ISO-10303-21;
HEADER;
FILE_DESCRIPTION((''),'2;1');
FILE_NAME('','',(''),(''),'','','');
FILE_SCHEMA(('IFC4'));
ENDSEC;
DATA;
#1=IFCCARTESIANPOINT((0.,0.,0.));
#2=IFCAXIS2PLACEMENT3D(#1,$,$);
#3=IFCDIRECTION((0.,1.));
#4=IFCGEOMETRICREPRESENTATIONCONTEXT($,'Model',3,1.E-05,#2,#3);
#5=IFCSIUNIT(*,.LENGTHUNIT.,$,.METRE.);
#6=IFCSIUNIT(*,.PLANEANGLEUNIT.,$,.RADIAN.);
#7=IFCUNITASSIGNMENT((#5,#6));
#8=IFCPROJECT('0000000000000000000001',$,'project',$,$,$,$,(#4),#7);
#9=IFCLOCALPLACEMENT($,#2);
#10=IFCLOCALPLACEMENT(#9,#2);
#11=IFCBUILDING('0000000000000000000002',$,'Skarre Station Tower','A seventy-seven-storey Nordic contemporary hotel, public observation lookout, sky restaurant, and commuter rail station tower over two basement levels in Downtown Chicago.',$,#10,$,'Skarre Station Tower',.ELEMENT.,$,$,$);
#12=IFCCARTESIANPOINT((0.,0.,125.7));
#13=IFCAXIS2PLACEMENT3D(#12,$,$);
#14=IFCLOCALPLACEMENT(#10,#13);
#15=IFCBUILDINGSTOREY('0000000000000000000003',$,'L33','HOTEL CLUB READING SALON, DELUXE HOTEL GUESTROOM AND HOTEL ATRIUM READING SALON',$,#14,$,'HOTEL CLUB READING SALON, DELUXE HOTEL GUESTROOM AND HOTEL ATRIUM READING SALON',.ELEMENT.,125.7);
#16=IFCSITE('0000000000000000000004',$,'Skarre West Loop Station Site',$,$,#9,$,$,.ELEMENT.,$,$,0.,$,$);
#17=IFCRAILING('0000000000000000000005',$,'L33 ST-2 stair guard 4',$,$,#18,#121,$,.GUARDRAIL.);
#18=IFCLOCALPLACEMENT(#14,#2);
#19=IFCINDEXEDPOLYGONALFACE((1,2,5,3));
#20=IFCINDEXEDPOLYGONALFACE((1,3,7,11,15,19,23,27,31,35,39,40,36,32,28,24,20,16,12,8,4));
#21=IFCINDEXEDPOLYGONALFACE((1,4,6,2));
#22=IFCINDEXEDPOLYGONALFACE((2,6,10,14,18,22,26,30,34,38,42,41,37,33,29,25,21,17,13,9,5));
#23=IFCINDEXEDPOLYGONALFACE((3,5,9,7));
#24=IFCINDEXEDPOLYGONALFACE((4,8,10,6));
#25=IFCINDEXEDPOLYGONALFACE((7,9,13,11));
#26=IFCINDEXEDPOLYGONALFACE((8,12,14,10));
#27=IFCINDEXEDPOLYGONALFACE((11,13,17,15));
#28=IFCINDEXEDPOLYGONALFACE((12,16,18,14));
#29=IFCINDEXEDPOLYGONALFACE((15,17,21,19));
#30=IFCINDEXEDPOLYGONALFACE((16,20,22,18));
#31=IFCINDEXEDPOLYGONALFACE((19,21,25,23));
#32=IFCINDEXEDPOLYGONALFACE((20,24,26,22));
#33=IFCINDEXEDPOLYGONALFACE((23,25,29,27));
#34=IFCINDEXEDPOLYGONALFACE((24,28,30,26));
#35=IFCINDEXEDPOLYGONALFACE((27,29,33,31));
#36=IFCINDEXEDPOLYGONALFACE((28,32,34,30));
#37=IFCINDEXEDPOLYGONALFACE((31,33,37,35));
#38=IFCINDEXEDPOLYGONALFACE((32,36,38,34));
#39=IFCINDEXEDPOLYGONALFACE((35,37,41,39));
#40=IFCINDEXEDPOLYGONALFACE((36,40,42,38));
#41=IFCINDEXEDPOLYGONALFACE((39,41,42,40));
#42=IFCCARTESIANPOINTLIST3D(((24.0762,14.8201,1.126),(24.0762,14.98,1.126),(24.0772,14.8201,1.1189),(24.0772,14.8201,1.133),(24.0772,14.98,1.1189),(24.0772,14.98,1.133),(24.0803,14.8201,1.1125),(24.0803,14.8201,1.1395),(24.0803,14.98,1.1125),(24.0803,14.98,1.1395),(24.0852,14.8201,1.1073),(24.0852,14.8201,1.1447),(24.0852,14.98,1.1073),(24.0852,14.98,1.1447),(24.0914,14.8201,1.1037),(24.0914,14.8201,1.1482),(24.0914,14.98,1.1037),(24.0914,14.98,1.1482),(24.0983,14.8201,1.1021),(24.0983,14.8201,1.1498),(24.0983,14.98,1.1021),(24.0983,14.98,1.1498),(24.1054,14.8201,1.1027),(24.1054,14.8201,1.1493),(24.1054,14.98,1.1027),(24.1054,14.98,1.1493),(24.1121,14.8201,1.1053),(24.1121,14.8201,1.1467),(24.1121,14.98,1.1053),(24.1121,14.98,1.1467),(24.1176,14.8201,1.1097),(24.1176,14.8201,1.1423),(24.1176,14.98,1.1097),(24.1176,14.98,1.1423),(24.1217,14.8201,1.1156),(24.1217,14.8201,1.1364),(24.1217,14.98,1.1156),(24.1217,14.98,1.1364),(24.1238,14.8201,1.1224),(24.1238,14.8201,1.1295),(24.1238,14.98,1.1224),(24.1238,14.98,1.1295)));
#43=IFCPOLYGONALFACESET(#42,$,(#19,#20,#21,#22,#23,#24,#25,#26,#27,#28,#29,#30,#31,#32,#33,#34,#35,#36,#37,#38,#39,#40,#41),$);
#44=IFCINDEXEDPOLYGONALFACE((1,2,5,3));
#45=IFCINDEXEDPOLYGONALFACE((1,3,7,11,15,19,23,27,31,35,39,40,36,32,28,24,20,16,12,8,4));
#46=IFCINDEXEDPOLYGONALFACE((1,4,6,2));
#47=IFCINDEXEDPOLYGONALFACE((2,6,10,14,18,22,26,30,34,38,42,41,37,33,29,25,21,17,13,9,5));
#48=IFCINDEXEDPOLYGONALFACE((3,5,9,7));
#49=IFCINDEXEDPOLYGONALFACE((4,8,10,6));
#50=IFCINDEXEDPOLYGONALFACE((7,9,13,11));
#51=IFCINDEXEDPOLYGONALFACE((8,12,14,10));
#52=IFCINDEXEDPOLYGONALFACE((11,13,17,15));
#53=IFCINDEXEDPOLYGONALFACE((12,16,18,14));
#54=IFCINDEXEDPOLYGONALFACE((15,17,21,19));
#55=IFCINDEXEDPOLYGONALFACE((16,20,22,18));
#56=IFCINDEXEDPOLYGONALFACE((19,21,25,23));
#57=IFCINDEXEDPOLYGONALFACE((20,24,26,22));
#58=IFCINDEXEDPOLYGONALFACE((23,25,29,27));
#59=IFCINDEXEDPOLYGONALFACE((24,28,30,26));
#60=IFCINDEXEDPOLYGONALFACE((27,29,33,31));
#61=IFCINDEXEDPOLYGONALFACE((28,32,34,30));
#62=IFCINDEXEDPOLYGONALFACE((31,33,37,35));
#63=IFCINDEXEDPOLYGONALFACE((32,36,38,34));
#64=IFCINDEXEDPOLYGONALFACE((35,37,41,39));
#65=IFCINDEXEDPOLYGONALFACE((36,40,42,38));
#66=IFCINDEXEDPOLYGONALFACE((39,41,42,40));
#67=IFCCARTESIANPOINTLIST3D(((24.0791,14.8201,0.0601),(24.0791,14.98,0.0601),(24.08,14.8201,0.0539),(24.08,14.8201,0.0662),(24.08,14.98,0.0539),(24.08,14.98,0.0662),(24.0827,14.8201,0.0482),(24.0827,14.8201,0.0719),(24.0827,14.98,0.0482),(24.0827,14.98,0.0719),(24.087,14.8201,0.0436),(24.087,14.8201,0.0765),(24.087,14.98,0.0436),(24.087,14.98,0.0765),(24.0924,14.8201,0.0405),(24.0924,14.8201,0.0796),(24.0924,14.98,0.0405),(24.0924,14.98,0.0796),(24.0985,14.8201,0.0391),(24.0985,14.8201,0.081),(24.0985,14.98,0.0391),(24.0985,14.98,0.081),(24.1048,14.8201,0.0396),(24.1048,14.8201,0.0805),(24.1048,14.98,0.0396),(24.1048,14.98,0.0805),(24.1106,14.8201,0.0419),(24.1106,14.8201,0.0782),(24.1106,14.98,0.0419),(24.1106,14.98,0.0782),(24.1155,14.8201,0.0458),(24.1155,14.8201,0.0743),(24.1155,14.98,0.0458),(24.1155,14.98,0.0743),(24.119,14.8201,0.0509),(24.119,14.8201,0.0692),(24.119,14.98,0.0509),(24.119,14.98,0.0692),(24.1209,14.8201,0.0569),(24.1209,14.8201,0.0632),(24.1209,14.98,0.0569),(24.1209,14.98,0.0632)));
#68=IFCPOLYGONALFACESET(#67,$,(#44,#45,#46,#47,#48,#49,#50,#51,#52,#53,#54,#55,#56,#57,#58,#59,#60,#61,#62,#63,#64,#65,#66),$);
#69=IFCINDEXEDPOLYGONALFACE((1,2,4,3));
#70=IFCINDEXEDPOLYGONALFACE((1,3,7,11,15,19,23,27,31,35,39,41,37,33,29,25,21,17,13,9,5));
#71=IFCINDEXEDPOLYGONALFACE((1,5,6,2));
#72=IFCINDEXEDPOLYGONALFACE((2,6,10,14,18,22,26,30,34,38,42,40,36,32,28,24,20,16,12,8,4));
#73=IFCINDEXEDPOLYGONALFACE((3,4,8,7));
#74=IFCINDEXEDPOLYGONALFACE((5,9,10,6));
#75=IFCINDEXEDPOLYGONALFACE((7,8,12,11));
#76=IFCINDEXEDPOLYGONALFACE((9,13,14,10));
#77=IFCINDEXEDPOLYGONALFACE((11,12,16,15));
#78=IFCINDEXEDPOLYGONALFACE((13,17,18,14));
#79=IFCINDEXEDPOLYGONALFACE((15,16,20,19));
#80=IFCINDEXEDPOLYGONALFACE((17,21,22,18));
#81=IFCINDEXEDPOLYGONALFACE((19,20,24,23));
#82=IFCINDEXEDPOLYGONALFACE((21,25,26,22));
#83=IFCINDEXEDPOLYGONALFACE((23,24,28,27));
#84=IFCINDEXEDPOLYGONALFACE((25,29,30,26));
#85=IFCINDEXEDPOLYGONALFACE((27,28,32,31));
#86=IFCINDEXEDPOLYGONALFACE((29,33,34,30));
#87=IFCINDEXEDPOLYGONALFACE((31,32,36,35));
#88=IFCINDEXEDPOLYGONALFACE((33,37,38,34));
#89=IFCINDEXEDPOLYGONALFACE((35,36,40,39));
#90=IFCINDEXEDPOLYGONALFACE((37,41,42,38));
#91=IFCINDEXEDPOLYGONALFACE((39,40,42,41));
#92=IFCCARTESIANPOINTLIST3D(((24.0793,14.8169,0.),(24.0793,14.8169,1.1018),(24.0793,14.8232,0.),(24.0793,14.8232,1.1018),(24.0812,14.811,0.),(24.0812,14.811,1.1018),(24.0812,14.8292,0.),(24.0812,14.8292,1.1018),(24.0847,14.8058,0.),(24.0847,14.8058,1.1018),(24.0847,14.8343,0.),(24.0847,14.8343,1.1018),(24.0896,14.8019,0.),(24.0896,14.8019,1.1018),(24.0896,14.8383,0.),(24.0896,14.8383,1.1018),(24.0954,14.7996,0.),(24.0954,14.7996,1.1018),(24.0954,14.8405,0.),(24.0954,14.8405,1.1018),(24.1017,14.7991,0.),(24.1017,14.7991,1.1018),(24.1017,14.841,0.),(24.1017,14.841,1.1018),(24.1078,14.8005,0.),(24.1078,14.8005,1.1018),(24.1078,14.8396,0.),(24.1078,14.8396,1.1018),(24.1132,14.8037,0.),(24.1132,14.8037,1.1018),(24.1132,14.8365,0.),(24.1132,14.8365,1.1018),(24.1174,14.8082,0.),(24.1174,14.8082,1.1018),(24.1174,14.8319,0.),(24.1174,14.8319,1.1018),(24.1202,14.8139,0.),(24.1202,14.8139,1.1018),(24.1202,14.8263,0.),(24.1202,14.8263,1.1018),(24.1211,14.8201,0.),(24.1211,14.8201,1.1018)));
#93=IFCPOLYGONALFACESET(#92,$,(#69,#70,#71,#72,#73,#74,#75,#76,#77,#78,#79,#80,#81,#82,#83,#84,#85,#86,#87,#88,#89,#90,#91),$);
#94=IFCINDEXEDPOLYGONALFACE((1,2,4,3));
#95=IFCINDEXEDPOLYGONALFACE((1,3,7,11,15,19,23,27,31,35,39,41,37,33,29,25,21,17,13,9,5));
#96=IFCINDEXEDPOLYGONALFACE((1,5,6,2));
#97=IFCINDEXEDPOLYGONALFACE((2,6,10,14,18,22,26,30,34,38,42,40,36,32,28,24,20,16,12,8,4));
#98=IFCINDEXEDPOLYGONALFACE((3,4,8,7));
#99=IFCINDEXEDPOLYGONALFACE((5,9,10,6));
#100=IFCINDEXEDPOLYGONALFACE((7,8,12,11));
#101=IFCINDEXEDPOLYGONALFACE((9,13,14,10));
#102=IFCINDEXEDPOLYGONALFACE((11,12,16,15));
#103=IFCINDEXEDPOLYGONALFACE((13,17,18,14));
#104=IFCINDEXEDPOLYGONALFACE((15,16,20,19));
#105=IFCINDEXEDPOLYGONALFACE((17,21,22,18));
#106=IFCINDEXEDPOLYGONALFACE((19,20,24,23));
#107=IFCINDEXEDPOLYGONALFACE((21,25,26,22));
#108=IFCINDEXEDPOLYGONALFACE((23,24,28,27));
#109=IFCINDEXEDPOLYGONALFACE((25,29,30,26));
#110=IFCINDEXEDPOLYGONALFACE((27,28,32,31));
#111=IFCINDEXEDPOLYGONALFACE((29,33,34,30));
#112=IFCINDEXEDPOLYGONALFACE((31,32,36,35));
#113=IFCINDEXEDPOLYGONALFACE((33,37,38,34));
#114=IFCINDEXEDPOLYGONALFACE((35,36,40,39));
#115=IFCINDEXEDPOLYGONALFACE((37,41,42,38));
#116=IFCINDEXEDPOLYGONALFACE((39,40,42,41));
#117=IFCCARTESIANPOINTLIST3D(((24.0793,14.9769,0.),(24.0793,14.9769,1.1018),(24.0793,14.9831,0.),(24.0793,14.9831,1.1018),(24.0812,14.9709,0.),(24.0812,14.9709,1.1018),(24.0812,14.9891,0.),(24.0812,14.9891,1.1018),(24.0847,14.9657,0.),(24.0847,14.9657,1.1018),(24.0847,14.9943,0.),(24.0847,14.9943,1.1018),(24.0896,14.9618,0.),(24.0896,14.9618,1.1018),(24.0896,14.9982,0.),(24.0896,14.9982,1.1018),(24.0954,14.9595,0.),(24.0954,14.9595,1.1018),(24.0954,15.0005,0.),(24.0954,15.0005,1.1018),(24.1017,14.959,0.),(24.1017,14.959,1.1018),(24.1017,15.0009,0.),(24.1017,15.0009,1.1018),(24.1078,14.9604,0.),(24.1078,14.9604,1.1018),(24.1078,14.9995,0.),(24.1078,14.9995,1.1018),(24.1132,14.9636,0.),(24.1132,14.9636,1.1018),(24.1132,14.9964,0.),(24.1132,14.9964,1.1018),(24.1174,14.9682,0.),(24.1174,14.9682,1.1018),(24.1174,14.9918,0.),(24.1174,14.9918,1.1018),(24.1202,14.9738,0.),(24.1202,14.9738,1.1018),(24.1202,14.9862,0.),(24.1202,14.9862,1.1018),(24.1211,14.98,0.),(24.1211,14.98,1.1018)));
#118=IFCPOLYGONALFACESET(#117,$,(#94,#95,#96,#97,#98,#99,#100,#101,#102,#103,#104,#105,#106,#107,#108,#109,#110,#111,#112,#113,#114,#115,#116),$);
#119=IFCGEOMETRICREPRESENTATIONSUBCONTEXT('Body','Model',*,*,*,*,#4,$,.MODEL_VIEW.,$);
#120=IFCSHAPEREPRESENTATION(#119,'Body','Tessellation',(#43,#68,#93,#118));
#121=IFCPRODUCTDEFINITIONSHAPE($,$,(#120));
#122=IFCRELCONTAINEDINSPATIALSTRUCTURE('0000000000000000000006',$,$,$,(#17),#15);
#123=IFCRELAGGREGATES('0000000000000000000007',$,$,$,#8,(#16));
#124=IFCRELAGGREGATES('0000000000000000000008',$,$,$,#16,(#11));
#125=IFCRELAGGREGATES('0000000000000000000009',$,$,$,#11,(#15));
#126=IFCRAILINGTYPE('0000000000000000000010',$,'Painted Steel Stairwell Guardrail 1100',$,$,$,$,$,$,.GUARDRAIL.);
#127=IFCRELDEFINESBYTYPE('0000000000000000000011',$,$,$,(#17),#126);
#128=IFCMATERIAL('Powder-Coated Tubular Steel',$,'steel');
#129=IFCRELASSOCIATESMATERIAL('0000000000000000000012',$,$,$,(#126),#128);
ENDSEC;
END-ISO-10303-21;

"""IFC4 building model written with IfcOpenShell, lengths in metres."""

from ifc_helpers import new_model, si_unit, direction, frame, origin, origin_2d, place, context, subcontext, project, spatial, circle, extrude, material, type_object, element, save


model = new_model("IFC4")

# Units and contexts
model_context = context("Model", 3, precision=1e-05, world=origin(), true_north=direction((0.0, 1.0)))
body_context = subcontext(model_context, "Body", "Model", "MODEL_VIEW")
ifc_project = project(units=[si_unit("LENGTHUNIT", "METRE"), si_unit("PLANEANGLEUNIT", "RADIAN")], contexts=[model_context])

# Site, building, storey
site_placement = place(None, origin())
site = spatial("IfcSite", under=ifc_project, at=site_placement, Name="Skarre West Loop Station Site", CompositionType="ELEMENT", RefElevation=0.0)
building_placement = place(site_placement, origin())
building = spatial("IfcBuilding", under=site, at=building_placement, Name="Skarre Station Tower", Description="A seventy-seven-storey Nordic contemporary hotel, public observation lookout, sky restaurant, and commuter rail station tower over two basement levels in Downtown Chicago.", LongName="Skarre Station Tower", CompositionType="ELEMENT")
storey_placement = place(building_placement, frame((0.0, 0.0, 125.7)))
storey = spatial("IfcBuildingStorey", under=building, at=storey_placement, Name="L33", Description="HOTEL CLUB READING SALON, DELUXE HOTEL GUESTROOM AND HOTEL ATRIUM READING SALON", LongName="HOTEL CLUB READING SALON, DELUXE HOTEL GUESTROOM AND HOTEL ATRIUM READING SALON", CompositionType="ELEMENT", Elevation=125.7)

# Railing
ifc_material_1 = material(Name="Powder-Coated Tubular Steel", Category="steel")
railing_type_1 = type_object("IfcRailingType", Name="Painted Steel Stairwell Guardrail 1100", PredefinedType="GUARDRAIL", material=ifc_material_1)
railing_1_placement = place(storey_placement, frame((24.1001, 14.8201, 0.0)))
element("IfcRailing", 1, at=railing_1_placement, inside=storey, type_object=railing_type_1, Name="L33 ST-2 stair guard 4", PredefinedType="GUARDRAIL", context=body_context, shape_type="SweptSolid", body=[
    extrude(circle(Radius=0.0239, at=origin_2d()), frame((0.0, 0.0, 1.126), z_axis=(0.0, 1.0, 0.0), x_axis=(-1.0, 0.0, 0.0)), (0.0, 0.0, 1.0), 0.1599),
    extrude(circle(Radius=0.021, at=origin_2d()), frame((0.0, 0.0, 0.0601), z_axis=(0.0, 1.0, 0.0), x_axis=(-1.0, 0.0, 0.0)), (0.0, 0.0, 1.0), 0.1599),
    extrude(circle(Radius=0.021, at=origin_2d()), origin(), (0.0, 0.0, 1.0), 1.1018),
    extrude(circle(Radius=0.021, at=origin_2d()), frame((0.0, 0.1599, 0.0)), (0.0, 0.0, 1.0), 1.1018),
])

save(model, "model.ifc")
